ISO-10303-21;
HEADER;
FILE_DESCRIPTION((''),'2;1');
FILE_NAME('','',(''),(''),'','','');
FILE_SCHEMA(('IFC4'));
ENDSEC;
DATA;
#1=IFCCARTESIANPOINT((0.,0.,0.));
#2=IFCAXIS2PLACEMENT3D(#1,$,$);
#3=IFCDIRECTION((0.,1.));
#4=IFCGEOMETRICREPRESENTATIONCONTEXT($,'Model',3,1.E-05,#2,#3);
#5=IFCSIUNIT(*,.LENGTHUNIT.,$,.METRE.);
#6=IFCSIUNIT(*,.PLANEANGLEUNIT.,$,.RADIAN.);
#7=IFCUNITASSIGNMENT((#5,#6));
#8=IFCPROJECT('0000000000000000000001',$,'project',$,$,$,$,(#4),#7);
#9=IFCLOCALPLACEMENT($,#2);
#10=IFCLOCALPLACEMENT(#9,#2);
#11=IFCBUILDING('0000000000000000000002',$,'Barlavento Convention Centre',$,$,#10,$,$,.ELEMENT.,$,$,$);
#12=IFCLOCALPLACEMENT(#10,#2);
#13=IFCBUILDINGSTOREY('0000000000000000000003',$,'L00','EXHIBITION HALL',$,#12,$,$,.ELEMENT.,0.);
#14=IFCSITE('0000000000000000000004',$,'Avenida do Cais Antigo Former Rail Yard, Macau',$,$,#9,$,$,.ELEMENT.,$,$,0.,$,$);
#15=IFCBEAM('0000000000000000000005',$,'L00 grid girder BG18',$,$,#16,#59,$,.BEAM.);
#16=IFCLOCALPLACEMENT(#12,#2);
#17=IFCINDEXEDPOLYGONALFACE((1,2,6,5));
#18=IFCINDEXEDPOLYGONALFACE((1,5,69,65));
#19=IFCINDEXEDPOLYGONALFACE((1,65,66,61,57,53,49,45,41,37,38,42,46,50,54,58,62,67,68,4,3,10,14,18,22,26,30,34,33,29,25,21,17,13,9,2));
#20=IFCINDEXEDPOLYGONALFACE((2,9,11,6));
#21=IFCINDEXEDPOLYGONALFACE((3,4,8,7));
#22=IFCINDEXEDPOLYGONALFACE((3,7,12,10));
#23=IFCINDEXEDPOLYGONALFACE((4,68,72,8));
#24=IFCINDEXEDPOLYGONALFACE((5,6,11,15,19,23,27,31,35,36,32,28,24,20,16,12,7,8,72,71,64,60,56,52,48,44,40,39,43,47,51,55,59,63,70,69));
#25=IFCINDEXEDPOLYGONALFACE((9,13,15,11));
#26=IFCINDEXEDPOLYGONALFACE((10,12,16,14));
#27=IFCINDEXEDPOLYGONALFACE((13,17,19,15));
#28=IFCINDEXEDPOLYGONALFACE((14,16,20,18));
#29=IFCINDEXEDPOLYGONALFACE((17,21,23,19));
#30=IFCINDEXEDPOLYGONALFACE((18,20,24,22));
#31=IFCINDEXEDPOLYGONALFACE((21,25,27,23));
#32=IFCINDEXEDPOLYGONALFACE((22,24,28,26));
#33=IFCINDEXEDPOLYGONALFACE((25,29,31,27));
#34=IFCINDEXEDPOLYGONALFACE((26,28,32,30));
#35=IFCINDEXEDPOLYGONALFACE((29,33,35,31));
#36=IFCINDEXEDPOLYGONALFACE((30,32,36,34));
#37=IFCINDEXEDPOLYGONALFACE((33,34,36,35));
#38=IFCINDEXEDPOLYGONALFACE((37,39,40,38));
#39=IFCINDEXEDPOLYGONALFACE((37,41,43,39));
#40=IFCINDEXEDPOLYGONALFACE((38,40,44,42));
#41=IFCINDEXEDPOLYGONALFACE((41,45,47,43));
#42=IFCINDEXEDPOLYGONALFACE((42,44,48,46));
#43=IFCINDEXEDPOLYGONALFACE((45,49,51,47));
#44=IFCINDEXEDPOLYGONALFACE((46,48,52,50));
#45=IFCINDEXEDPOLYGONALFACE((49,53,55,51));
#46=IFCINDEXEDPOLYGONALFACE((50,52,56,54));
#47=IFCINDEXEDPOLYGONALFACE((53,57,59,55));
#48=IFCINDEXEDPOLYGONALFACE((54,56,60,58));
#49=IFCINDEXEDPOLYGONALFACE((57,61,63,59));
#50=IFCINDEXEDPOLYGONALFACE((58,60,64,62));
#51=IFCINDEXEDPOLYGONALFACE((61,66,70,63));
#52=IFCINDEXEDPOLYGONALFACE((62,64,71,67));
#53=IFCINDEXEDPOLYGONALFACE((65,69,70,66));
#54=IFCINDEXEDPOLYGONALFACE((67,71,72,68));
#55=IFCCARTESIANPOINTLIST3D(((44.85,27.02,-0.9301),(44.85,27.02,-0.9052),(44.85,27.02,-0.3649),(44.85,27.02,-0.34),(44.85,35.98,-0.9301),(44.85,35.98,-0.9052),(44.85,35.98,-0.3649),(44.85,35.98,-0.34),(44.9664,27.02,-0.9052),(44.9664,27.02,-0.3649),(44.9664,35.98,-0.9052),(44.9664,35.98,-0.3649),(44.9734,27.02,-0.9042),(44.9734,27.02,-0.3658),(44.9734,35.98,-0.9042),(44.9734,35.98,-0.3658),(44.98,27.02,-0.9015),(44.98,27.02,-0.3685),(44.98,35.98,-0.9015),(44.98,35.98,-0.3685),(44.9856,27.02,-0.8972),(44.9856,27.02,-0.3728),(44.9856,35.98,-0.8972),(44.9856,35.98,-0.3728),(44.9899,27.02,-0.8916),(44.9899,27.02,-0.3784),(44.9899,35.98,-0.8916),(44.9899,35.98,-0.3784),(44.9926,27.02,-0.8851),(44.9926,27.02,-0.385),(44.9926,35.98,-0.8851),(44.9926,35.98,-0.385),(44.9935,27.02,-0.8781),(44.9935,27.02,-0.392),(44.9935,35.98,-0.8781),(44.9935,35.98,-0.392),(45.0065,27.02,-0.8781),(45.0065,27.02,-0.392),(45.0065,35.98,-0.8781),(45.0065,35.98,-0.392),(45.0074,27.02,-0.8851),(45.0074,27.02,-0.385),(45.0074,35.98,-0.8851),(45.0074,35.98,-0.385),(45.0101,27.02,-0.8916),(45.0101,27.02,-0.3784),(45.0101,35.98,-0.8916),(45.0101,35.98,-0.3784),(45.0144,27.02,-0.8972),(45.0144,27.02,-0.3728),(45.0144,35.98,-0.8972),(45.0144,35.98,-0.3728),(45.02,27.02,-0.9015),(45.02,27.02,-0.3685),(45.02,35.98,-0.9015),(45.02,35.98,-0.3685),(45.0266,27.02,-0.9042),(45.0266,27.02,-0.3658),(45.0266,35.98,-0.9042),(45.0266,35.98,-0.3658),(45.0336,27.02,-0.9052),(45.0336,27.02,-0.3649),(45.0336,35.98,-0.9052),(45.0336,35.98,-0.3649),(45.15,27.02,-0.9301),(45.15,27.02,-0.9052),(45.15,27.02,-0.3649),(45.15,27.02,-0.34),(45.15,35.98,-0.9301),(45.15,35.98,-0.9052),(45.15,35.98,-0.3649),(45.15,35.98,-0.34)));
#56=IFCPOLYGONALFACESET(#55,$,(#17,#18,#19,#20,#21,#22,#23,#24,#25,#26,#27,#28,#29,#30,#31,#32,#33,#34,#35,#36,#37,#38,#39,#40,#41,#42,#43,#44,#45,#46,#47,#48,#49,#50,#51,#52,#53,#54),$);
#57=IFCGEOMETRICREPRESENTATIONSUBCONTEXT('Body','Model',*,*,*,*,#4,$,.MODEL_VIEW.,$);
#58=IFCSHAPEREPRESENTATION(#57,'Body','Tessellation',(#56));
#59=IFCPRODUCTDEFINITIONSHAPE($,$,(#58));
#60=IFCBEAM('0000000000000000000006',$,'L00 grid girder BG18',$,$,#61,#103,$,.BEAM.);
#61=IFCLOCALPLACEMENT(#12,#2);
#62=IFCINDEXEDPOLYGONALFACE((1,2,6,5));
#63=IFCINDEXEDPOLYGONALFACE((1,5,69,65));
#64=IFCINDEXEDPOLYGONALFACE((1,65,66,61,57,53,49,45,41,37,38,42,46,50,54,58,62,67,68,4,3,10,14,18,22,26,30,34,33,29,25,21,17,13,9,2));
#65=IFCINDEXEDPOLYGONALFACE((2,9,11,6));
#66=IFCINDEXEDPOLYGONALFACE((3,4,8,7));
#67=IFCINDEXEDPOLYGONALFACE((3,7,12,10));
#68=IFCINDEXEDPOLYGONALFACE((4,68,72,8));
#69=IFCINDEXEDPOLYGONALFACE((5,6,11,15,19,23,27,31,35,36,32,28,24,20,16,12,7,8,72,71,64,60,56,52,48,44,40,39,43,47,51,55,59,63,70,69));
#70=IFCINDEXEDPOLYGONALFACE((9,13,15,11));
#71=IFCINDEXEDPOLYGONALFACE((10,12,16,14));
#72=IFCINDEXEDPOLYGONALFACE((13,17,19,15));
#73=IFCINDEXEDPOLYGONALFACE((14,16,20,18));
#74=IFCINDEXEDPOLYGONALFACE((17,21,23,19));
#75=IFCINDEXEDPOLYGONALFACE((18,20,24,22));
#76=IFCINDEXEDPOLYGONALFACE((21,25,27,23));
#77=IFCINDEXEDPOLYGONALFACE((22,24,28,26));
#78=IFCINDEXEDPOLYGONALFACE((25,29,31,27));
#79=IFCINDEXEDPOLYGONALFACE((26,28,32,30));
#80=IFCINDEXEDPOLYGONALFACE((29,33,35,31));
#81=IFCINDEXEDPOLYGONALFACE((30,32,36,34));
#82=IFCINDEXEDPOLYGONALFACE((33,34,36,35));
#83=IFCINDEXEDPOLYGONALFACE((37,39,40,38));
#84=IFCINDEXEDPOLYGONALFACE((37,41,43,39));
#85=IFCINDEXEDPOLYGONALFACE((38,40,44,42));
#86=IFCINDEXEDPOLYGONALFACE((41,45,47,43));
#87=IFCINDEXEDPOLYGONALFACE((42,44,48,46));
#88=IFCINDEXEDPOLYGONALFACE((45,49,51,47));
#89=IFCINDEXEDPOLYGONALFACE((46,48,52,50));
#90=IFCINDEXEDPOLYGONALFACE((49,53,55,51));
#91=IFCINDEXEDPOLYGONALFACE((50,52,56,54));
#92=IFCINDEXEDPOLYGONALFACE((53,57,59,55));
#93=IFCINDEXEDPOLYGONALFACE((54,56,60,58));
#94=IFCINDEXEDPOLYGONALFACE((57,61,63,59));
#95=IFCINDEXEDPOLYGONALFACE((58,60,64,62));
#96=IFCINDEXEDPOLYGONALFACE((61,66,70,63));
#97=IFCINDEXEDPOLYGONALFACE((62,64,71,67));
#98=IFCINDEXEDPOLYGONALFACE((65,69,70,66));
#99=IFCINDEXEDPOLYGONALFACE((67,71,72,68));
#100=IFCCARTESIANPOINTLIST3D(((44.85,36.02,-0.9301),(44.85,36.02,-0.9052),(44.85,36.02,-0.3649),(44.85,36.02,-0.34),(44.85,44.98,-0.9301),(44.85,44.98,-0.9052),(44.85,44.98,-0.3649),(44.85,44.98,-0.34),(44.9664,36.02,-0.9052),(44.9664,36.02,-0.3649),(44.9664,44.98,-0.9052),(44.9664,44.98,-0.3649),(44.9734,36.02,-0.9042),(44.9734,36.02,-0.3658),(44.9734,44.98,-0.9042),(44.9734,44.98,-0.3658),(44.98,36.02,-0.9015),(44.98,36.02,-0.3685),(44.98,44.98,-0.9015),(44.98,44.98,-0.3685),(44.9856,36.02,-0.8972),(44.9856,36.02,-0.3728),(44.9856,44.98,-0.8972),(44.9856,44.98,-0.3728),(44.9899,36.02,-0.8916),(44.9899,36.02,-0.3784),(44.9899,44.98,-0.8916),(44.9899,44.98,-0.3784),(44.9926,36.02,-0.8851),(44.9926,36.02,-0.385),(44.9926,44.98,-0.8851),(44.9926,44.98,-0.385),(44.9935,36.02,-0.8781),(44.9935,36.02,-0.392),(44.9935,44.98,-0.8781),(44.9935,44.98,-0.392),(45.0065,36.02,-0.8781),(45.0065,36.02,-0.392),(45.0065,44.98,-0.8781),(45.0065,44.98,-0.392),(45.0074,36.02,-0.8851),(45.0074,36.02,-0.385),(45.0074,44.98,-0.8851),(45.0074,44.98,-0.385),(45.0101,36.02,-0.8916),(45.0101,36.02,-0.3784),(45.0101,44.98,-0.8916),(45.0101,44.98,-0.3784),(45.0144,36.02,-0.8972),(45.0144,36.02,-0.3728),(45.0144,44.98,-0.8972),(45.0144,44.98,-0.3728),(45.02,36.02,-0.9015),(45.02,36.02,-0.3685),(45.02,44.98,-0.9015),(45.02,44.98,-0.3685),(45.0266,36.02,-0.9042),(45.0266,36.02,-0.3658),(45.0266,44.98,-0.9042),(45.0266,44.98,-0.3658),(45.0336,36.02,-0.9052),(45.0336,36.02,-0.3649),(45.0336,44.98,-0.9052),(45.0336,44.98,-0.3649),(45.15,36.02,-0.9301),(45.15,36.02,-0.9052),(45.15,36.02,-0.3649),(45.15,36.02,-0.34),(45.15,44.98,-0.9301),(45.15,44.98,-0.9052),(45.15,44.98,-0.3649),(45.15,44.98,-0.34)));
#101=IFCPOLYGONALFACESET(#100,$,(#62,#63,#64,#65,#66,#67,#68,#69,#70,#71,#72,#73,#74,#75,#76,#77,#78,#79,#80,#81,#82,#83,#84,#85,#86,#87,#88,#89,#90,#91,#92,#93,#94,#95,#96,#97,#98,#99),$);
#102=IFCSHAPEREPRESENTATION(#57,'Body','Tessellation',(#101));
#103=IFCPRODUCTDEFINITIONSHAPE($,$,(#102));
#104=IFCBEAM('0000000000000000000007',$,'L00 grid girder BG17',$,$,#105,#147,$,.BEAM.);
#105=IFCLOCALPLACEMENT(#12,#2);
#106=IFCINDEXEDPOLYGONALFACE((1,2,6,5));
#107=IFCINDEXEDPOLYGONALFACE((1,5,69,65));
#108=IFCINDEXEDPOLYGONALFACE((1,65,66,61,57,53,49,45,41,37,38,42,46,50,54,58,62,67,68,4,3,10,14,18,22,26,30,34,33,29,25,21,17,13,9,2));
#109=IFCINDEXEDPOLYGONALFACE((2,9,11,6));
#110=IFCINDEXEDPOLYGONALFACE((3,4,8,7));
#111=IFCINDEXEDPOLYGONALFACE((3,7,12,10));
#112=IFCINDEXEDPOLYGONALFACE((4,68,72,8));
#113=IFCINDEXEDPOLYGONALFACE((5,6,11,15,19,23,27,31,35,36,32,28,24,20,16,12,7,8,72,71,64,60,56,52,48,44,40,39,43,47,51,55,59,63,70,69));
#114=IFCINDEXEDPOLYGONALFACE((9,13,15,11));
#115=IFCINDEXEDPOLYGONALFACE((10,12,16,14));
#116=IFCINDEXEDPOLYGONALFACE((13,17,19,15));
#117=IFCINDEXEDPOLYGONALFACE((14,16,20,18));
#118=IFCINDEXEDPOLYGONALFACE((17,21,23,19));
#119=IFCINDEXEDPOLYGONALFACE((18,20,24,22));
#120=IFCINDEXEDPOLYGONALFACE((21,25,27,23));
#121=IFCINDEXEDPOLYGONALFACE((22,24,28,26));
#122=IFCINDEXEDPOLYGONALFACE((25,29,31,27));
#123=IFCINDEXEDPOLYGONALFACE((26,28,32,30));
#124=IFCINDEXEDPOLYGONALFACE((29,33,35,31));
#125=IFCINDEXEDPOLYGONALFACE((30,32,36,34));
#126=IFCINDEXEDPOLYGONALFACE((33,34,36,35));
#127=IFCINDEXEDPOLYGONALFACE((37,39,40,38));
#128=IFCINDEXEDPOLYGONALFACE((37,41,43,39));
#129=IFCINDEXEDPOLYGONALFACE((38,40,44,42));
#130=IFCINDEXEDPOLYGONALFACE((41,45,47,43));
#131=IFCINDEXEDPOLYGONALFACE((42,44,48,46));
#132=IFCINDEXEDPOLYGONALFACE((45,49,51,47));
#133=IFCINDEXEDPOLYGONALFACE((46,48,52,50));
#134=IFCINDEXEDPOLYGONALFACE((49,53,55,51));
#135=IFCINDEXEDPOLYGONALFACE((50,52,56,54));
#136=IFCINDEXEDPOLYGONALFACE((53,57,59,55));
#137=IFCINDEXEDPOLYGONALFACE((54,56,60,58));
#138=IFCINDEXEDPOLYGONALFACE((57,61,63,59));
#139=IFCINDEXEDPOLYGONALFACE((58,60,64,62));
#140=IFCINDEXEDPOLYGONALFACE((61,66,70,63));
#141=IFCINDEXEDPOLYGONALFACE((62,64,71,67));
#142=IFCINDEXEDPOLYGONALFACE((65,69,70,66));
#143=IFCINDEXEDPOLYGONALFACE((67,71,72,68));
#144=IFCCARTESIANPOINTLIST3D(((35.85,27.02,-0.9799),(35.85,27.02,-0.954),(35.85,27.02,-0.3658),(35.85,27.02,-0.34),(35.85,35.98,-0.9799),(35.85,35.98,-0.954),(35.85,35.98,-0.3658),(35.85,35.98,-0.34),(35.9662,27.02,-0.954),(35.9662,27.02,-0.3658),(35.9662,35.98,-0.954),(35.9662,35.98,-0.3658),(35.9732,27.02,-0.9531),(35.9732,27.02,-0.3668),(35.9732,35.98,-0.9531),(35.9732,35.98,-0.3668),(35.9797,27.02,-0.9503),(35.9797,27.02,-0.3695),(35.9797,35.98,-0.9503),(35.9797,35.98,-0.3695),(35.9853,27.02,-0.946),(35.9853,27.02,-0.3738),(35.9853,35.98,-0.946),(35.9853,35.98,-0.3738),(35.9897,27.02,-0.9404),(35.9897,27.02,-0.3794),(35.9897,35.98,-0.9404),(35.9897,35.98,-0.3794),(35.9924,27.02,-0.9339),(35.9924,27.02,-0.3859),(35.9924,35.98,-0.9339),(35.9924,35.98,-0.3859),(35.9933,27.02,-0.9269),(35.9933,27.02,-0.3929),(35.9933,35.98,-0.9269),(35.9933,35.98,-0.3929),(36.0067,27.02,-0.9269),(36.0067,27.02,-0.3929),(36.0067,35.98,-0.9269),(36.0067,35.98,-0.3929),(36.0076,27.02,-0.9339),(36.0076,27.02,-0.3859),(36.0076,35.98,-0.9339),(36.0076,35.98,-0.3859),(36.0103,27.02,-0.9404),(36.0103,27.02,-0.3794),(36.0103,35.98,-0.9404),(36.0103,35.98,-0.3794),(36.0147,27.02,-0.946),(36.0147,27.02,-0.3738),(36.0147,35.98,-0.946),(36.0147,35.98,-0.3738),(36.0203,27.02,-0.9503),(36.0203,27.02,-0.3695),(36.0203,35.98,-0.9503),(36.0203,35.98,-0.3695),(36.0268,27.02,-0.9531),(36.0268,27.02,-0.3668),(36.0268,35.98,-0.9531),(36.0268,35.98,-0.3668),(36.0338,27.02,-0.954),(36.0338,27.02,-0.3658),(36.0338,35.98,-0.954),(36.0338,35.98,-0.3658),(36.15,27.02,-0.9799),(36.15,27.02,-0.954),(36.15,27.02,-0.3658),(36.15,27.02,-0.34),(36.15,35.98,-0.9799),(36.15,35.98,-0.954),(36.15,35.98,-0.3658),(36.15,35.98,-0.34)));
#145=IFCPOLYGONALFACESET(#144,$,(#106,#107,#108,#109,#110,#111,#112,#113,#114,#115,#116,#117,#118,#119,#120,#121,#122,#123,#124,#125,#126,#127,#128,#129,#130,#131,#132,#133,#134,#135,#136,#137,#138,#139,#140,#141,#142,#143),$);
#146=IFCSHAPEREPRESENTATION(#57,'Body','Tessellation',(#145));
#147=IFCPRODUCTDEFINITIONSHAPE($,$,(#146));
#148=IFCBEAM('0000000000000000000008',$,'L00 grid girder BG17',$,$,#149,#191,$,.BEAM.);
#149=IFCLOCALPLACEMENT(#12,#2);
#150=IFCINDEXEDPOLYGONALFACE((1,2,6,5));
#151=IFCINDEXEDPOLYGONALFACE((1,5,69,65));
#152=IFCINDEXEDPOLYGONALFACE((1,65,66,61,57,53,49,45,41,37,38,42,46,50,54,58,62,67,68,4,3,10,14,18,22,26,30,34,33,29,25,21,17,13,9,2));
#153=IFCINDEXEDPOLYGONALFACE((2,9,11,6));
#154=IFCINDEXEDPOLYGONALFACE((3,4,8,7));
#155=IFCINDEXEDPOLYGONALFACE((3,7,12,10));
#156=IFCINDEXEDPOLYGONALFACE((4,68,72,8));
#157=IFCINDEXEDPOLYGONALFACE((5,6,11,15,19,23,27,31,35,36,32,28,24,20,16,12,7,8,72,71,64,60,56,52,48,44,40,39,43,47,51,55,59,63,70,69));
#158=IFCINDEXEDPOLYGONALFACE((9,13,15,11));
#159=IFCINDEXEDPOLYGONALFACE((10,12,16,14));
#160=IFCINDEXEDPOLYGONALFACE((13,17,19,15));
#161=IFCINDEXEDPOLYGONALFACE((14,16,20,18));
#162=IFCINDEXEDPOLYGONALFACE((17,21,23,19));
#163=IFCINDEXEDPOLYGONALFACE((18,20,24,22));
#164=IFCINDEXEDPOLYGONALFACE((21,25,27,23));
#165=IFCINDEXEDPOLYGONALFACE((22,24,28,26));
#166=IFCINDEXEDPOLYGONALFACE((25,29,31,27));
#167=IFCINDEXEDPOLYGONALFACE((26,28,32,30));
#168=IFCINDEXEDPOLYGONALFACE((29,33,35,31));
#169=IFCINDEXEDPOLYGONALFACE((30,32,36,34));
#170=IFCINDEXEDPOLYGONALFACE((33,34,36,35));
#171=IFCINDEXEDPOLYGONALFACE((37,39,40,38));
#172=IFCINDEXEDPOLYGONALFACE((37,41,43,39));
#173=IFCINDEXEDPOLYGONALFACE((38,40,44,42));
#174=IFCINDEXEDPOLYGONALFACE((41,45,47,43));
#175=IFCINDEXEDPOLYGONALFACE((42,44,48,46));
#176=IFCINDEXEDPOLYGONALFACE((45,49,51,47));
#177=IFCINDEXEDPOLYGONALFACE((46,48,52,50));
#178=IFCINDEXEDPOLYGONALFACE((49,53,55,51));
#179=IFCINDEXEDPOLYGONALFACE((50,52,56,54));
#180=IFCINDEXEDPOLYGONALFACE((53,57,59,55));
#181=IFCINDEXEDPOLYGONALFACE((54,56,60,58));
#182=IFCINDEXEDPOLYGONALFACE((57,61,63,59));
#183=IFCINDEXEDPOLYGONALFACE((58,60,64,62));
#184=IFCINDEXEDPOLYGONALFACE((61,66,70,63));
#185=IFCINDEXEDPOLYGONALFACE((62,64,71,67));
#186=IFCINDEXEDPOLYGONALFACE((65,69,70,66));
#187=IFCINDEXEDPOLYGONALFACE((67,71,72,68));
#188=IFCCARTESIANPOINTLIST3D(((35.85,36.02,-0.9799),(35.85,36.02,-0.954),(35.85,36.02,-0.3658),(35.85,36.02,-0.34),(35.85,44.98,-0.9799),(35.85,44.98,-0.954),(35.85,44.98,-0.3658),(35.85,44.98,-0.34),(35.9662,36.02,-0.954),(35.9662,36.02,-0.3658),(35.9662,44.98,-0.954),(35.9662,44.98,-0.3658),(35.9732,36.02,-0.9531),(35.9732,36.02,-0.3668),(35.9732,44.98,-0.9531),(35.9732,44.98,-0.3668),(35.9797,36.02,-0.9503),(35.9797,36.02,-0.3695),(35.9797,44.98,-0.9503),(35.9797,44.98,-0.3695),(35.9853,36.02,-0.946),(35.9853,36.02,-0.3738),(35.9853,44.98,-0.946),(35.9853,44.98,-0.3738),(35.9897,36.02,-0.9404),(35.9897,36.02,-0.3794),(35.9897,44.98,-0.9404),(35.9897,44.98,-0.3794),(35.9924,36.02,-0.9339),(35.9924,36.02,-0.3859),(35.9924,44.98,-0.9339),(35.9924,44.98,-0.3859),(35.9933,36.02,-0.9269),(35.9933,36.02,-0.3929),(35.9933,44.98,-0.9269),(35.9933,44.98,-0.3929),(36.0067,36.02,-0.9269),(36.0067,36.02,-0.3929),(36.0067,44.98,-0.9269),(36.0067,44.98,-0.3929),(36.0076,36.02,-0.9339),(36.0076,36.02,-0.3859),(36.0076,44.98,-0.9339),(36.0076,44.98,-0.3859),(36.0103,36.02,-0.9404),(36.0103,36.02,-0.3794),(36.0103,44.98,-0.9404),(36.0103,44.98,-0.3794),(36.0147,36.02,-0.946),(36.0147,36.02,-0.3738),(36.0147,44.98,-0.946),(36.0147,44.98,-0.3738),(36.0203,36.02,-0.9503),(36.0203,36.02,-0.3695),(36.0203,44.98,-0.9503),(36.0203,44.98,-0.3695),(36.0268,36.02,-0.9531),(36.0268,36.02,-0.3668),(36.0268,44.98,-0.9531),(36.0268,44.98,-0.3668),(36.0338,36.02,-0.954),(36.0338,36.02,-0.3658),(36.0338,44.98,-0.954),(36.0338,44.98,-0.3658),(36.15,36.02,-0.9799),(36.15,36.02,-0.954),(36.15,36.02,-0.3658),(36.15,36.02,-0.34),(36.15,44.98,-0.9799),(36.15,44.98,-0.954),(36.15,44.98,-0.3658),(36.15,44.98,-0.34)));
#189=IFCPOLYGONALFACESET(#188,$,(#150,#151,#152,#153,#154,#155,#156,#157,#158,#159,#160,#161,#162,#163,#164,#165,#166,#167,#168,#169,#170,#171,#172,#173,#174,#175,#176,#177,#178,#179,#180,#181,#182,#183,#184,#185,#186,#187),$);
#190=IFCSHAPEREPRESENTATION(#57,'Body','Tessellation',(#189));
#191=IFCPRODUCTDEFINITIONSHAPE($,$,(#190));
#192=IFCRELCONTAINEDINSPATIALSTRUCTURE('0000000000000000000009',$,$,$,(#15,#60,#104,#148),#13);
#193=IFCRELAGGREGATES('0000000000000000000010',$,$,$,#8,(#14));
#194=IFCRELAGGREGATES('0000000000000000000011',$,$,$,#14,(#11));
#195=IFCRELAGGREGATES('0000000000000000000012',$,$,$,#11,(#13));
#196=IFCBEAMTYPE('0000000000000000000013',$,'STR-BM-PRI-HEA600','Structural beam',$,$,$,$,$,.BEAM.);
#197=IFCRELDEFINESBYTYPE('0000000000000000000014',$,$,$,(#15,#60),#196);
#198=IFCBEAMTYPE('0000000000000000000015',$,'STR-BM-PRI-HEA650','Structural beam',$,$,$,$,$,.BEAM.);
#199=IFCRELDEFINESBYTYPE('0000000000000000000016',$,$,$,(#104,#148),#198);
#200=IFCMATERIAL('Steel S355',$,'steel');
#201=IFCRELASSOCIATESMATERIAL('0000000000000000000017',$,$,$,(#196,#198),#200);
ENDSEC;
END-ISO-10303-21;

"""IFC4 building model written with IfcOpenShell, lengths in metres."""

from ifc_helpers import new_model, si_unit, direction, frame, origin, origin_2d, place, context, subcontext, project, spatial, i_section, extrude, material, material_profile, profile_set, type_object, element, save


model = new_model("IFC4")

# Units and contexts
model_context = context("Model", 3, precision=1e-05, world=origin(), true_north=direction((0.0, 1.0)))
body_context = subcontext(model_context, "Body", "Model", "MODEL_VIEW")
ifc_project = project(units=[si_unit("LENGTHUNIT", "METRE"), si_unit("PLANEANGLEUNIT", "RADIAN")], contexts=[model_context])

# Site, building, storey
site_placement = place(None, origin())
site = spatial("IfcSite", under=ifc_project, at=site_placement, Name="Avenida do Cais Antigo Former Rail Yard, Macau", CompositionType="ELEMENT", RefElevation=0.0)
building_placement = place(site_placement, origin())
building = spatial("IfcBuilding", under=site, at=building_placement, Name="Barlavento Convention Centre", CompositionType="ELEMENT")
storey_placement = place(building_placement, origin())
storey = spatial("IfcBuildingStorey", under=building, at=storey_placement, Name="L00", Description="EXHIBITION HALL", CompositionType="ELEMENT", Elevation=0.0)

# Beams
ifc_material_1 = material(Name="Steel S355", Category="steel")
ifc_material_profile_1 = material_profile(ifc_material_1, i_section(OverallWidth=0.3, OverallDepth=0.5901, WebThickness=0.0129, FlangeThickness=0.0249, FilletRadius=0.0271, at=origin_2d()), Name="HEA 600")
ifc_profile_set_1 = profile_set([ifc_material_profile_1], Name="Steel S355")
beam_type_1 = type_object("IfcBeamType", Name="STR-BM-PRI-HEA600", Description="Structural beam", PredefinedType="BEAM", material=ifc_profile_set_1)
for number, where, z_axis, x_axis, name in (
    (1, (45.0, 27.02, -0.635), (0.0, 1.0, 0.0), (-1.0, 0.0, 0.0), "L00 grid girder BG18"),
    (2, (45.0, 36.02, -0.635), (0.0, 1.0, 0.0), (-1.0, 0.0, 0.0), "L00 grid girder BG18"),
):
    element("IfcBeam", number, at=place(storey_placement, frame(where, z_axis=z_axis, x_axis=x_axis)), inside=storey, type_object=beam_type_1, Name=name, PredefinedType="BEAM", context=body_context, shape_type="SweptSolid", body=[
        extrude(i_section(OverallWidth=0.3, OverallDepth=0.5901, WebThickness=0.0129, FlangeThickness=0.0249, FilletRadius=0.0271, at=origin_2d()), origin(), (0.0, 0.0, 1.0), 8.96),
    ])
ifc_material_profile_2 = material_profile(ifc_material_1, i_section(OverallWidth=0.3, OverallDepth=0.6399, WebThickness=0.0134, FlangeThickness=0.0259, FilletRadius=0.0271, at=origin_2d()), Name="HEA 650")
ifc_profile_set_2 = profile_set([ifc_material_profile_2], Name="Steel S355")
beam_type_2 = type_object("IfcBeamType", Name="STR-BM-PRI-HEA650", Description="Structural beam", PredefinedType="BEAM", material=ifc_profile_set_2)
for number, where, z_axis, x_axis, name in (
    (3, (36.0, 27.02, -0.6599), (0.0, 1.0, 0.0), (-1.0, 0.0, 0.0), "L00 grid girder BG17"),
    (4, (36.0, 36.02, -0.6599), (0.0, 1.0, 0.0), (-1.0, 0.0, 0.0), "L00 grid girder BG17"),
):
    element("IfcBeam", number, at=place(storey_placement, frame(where, z_axis=z_axis, x_axis=x_axis)), inside=storey, type_object=beam_type_2, Name=name, PredefinedType="BEAM", context=body_context, shape_type="SweptSolid", body=[
        extrude(i_section(OverallWidth=0.3, OverallDepth=0.6399, WebThickness=0.0134, FlangeThickness=0.0259, FilletRadius=0.0271, at=origin_2d()), origin(), (0.0, 0.0, 1.0), 8.96),
    ])

save(model, "model.ifc")
